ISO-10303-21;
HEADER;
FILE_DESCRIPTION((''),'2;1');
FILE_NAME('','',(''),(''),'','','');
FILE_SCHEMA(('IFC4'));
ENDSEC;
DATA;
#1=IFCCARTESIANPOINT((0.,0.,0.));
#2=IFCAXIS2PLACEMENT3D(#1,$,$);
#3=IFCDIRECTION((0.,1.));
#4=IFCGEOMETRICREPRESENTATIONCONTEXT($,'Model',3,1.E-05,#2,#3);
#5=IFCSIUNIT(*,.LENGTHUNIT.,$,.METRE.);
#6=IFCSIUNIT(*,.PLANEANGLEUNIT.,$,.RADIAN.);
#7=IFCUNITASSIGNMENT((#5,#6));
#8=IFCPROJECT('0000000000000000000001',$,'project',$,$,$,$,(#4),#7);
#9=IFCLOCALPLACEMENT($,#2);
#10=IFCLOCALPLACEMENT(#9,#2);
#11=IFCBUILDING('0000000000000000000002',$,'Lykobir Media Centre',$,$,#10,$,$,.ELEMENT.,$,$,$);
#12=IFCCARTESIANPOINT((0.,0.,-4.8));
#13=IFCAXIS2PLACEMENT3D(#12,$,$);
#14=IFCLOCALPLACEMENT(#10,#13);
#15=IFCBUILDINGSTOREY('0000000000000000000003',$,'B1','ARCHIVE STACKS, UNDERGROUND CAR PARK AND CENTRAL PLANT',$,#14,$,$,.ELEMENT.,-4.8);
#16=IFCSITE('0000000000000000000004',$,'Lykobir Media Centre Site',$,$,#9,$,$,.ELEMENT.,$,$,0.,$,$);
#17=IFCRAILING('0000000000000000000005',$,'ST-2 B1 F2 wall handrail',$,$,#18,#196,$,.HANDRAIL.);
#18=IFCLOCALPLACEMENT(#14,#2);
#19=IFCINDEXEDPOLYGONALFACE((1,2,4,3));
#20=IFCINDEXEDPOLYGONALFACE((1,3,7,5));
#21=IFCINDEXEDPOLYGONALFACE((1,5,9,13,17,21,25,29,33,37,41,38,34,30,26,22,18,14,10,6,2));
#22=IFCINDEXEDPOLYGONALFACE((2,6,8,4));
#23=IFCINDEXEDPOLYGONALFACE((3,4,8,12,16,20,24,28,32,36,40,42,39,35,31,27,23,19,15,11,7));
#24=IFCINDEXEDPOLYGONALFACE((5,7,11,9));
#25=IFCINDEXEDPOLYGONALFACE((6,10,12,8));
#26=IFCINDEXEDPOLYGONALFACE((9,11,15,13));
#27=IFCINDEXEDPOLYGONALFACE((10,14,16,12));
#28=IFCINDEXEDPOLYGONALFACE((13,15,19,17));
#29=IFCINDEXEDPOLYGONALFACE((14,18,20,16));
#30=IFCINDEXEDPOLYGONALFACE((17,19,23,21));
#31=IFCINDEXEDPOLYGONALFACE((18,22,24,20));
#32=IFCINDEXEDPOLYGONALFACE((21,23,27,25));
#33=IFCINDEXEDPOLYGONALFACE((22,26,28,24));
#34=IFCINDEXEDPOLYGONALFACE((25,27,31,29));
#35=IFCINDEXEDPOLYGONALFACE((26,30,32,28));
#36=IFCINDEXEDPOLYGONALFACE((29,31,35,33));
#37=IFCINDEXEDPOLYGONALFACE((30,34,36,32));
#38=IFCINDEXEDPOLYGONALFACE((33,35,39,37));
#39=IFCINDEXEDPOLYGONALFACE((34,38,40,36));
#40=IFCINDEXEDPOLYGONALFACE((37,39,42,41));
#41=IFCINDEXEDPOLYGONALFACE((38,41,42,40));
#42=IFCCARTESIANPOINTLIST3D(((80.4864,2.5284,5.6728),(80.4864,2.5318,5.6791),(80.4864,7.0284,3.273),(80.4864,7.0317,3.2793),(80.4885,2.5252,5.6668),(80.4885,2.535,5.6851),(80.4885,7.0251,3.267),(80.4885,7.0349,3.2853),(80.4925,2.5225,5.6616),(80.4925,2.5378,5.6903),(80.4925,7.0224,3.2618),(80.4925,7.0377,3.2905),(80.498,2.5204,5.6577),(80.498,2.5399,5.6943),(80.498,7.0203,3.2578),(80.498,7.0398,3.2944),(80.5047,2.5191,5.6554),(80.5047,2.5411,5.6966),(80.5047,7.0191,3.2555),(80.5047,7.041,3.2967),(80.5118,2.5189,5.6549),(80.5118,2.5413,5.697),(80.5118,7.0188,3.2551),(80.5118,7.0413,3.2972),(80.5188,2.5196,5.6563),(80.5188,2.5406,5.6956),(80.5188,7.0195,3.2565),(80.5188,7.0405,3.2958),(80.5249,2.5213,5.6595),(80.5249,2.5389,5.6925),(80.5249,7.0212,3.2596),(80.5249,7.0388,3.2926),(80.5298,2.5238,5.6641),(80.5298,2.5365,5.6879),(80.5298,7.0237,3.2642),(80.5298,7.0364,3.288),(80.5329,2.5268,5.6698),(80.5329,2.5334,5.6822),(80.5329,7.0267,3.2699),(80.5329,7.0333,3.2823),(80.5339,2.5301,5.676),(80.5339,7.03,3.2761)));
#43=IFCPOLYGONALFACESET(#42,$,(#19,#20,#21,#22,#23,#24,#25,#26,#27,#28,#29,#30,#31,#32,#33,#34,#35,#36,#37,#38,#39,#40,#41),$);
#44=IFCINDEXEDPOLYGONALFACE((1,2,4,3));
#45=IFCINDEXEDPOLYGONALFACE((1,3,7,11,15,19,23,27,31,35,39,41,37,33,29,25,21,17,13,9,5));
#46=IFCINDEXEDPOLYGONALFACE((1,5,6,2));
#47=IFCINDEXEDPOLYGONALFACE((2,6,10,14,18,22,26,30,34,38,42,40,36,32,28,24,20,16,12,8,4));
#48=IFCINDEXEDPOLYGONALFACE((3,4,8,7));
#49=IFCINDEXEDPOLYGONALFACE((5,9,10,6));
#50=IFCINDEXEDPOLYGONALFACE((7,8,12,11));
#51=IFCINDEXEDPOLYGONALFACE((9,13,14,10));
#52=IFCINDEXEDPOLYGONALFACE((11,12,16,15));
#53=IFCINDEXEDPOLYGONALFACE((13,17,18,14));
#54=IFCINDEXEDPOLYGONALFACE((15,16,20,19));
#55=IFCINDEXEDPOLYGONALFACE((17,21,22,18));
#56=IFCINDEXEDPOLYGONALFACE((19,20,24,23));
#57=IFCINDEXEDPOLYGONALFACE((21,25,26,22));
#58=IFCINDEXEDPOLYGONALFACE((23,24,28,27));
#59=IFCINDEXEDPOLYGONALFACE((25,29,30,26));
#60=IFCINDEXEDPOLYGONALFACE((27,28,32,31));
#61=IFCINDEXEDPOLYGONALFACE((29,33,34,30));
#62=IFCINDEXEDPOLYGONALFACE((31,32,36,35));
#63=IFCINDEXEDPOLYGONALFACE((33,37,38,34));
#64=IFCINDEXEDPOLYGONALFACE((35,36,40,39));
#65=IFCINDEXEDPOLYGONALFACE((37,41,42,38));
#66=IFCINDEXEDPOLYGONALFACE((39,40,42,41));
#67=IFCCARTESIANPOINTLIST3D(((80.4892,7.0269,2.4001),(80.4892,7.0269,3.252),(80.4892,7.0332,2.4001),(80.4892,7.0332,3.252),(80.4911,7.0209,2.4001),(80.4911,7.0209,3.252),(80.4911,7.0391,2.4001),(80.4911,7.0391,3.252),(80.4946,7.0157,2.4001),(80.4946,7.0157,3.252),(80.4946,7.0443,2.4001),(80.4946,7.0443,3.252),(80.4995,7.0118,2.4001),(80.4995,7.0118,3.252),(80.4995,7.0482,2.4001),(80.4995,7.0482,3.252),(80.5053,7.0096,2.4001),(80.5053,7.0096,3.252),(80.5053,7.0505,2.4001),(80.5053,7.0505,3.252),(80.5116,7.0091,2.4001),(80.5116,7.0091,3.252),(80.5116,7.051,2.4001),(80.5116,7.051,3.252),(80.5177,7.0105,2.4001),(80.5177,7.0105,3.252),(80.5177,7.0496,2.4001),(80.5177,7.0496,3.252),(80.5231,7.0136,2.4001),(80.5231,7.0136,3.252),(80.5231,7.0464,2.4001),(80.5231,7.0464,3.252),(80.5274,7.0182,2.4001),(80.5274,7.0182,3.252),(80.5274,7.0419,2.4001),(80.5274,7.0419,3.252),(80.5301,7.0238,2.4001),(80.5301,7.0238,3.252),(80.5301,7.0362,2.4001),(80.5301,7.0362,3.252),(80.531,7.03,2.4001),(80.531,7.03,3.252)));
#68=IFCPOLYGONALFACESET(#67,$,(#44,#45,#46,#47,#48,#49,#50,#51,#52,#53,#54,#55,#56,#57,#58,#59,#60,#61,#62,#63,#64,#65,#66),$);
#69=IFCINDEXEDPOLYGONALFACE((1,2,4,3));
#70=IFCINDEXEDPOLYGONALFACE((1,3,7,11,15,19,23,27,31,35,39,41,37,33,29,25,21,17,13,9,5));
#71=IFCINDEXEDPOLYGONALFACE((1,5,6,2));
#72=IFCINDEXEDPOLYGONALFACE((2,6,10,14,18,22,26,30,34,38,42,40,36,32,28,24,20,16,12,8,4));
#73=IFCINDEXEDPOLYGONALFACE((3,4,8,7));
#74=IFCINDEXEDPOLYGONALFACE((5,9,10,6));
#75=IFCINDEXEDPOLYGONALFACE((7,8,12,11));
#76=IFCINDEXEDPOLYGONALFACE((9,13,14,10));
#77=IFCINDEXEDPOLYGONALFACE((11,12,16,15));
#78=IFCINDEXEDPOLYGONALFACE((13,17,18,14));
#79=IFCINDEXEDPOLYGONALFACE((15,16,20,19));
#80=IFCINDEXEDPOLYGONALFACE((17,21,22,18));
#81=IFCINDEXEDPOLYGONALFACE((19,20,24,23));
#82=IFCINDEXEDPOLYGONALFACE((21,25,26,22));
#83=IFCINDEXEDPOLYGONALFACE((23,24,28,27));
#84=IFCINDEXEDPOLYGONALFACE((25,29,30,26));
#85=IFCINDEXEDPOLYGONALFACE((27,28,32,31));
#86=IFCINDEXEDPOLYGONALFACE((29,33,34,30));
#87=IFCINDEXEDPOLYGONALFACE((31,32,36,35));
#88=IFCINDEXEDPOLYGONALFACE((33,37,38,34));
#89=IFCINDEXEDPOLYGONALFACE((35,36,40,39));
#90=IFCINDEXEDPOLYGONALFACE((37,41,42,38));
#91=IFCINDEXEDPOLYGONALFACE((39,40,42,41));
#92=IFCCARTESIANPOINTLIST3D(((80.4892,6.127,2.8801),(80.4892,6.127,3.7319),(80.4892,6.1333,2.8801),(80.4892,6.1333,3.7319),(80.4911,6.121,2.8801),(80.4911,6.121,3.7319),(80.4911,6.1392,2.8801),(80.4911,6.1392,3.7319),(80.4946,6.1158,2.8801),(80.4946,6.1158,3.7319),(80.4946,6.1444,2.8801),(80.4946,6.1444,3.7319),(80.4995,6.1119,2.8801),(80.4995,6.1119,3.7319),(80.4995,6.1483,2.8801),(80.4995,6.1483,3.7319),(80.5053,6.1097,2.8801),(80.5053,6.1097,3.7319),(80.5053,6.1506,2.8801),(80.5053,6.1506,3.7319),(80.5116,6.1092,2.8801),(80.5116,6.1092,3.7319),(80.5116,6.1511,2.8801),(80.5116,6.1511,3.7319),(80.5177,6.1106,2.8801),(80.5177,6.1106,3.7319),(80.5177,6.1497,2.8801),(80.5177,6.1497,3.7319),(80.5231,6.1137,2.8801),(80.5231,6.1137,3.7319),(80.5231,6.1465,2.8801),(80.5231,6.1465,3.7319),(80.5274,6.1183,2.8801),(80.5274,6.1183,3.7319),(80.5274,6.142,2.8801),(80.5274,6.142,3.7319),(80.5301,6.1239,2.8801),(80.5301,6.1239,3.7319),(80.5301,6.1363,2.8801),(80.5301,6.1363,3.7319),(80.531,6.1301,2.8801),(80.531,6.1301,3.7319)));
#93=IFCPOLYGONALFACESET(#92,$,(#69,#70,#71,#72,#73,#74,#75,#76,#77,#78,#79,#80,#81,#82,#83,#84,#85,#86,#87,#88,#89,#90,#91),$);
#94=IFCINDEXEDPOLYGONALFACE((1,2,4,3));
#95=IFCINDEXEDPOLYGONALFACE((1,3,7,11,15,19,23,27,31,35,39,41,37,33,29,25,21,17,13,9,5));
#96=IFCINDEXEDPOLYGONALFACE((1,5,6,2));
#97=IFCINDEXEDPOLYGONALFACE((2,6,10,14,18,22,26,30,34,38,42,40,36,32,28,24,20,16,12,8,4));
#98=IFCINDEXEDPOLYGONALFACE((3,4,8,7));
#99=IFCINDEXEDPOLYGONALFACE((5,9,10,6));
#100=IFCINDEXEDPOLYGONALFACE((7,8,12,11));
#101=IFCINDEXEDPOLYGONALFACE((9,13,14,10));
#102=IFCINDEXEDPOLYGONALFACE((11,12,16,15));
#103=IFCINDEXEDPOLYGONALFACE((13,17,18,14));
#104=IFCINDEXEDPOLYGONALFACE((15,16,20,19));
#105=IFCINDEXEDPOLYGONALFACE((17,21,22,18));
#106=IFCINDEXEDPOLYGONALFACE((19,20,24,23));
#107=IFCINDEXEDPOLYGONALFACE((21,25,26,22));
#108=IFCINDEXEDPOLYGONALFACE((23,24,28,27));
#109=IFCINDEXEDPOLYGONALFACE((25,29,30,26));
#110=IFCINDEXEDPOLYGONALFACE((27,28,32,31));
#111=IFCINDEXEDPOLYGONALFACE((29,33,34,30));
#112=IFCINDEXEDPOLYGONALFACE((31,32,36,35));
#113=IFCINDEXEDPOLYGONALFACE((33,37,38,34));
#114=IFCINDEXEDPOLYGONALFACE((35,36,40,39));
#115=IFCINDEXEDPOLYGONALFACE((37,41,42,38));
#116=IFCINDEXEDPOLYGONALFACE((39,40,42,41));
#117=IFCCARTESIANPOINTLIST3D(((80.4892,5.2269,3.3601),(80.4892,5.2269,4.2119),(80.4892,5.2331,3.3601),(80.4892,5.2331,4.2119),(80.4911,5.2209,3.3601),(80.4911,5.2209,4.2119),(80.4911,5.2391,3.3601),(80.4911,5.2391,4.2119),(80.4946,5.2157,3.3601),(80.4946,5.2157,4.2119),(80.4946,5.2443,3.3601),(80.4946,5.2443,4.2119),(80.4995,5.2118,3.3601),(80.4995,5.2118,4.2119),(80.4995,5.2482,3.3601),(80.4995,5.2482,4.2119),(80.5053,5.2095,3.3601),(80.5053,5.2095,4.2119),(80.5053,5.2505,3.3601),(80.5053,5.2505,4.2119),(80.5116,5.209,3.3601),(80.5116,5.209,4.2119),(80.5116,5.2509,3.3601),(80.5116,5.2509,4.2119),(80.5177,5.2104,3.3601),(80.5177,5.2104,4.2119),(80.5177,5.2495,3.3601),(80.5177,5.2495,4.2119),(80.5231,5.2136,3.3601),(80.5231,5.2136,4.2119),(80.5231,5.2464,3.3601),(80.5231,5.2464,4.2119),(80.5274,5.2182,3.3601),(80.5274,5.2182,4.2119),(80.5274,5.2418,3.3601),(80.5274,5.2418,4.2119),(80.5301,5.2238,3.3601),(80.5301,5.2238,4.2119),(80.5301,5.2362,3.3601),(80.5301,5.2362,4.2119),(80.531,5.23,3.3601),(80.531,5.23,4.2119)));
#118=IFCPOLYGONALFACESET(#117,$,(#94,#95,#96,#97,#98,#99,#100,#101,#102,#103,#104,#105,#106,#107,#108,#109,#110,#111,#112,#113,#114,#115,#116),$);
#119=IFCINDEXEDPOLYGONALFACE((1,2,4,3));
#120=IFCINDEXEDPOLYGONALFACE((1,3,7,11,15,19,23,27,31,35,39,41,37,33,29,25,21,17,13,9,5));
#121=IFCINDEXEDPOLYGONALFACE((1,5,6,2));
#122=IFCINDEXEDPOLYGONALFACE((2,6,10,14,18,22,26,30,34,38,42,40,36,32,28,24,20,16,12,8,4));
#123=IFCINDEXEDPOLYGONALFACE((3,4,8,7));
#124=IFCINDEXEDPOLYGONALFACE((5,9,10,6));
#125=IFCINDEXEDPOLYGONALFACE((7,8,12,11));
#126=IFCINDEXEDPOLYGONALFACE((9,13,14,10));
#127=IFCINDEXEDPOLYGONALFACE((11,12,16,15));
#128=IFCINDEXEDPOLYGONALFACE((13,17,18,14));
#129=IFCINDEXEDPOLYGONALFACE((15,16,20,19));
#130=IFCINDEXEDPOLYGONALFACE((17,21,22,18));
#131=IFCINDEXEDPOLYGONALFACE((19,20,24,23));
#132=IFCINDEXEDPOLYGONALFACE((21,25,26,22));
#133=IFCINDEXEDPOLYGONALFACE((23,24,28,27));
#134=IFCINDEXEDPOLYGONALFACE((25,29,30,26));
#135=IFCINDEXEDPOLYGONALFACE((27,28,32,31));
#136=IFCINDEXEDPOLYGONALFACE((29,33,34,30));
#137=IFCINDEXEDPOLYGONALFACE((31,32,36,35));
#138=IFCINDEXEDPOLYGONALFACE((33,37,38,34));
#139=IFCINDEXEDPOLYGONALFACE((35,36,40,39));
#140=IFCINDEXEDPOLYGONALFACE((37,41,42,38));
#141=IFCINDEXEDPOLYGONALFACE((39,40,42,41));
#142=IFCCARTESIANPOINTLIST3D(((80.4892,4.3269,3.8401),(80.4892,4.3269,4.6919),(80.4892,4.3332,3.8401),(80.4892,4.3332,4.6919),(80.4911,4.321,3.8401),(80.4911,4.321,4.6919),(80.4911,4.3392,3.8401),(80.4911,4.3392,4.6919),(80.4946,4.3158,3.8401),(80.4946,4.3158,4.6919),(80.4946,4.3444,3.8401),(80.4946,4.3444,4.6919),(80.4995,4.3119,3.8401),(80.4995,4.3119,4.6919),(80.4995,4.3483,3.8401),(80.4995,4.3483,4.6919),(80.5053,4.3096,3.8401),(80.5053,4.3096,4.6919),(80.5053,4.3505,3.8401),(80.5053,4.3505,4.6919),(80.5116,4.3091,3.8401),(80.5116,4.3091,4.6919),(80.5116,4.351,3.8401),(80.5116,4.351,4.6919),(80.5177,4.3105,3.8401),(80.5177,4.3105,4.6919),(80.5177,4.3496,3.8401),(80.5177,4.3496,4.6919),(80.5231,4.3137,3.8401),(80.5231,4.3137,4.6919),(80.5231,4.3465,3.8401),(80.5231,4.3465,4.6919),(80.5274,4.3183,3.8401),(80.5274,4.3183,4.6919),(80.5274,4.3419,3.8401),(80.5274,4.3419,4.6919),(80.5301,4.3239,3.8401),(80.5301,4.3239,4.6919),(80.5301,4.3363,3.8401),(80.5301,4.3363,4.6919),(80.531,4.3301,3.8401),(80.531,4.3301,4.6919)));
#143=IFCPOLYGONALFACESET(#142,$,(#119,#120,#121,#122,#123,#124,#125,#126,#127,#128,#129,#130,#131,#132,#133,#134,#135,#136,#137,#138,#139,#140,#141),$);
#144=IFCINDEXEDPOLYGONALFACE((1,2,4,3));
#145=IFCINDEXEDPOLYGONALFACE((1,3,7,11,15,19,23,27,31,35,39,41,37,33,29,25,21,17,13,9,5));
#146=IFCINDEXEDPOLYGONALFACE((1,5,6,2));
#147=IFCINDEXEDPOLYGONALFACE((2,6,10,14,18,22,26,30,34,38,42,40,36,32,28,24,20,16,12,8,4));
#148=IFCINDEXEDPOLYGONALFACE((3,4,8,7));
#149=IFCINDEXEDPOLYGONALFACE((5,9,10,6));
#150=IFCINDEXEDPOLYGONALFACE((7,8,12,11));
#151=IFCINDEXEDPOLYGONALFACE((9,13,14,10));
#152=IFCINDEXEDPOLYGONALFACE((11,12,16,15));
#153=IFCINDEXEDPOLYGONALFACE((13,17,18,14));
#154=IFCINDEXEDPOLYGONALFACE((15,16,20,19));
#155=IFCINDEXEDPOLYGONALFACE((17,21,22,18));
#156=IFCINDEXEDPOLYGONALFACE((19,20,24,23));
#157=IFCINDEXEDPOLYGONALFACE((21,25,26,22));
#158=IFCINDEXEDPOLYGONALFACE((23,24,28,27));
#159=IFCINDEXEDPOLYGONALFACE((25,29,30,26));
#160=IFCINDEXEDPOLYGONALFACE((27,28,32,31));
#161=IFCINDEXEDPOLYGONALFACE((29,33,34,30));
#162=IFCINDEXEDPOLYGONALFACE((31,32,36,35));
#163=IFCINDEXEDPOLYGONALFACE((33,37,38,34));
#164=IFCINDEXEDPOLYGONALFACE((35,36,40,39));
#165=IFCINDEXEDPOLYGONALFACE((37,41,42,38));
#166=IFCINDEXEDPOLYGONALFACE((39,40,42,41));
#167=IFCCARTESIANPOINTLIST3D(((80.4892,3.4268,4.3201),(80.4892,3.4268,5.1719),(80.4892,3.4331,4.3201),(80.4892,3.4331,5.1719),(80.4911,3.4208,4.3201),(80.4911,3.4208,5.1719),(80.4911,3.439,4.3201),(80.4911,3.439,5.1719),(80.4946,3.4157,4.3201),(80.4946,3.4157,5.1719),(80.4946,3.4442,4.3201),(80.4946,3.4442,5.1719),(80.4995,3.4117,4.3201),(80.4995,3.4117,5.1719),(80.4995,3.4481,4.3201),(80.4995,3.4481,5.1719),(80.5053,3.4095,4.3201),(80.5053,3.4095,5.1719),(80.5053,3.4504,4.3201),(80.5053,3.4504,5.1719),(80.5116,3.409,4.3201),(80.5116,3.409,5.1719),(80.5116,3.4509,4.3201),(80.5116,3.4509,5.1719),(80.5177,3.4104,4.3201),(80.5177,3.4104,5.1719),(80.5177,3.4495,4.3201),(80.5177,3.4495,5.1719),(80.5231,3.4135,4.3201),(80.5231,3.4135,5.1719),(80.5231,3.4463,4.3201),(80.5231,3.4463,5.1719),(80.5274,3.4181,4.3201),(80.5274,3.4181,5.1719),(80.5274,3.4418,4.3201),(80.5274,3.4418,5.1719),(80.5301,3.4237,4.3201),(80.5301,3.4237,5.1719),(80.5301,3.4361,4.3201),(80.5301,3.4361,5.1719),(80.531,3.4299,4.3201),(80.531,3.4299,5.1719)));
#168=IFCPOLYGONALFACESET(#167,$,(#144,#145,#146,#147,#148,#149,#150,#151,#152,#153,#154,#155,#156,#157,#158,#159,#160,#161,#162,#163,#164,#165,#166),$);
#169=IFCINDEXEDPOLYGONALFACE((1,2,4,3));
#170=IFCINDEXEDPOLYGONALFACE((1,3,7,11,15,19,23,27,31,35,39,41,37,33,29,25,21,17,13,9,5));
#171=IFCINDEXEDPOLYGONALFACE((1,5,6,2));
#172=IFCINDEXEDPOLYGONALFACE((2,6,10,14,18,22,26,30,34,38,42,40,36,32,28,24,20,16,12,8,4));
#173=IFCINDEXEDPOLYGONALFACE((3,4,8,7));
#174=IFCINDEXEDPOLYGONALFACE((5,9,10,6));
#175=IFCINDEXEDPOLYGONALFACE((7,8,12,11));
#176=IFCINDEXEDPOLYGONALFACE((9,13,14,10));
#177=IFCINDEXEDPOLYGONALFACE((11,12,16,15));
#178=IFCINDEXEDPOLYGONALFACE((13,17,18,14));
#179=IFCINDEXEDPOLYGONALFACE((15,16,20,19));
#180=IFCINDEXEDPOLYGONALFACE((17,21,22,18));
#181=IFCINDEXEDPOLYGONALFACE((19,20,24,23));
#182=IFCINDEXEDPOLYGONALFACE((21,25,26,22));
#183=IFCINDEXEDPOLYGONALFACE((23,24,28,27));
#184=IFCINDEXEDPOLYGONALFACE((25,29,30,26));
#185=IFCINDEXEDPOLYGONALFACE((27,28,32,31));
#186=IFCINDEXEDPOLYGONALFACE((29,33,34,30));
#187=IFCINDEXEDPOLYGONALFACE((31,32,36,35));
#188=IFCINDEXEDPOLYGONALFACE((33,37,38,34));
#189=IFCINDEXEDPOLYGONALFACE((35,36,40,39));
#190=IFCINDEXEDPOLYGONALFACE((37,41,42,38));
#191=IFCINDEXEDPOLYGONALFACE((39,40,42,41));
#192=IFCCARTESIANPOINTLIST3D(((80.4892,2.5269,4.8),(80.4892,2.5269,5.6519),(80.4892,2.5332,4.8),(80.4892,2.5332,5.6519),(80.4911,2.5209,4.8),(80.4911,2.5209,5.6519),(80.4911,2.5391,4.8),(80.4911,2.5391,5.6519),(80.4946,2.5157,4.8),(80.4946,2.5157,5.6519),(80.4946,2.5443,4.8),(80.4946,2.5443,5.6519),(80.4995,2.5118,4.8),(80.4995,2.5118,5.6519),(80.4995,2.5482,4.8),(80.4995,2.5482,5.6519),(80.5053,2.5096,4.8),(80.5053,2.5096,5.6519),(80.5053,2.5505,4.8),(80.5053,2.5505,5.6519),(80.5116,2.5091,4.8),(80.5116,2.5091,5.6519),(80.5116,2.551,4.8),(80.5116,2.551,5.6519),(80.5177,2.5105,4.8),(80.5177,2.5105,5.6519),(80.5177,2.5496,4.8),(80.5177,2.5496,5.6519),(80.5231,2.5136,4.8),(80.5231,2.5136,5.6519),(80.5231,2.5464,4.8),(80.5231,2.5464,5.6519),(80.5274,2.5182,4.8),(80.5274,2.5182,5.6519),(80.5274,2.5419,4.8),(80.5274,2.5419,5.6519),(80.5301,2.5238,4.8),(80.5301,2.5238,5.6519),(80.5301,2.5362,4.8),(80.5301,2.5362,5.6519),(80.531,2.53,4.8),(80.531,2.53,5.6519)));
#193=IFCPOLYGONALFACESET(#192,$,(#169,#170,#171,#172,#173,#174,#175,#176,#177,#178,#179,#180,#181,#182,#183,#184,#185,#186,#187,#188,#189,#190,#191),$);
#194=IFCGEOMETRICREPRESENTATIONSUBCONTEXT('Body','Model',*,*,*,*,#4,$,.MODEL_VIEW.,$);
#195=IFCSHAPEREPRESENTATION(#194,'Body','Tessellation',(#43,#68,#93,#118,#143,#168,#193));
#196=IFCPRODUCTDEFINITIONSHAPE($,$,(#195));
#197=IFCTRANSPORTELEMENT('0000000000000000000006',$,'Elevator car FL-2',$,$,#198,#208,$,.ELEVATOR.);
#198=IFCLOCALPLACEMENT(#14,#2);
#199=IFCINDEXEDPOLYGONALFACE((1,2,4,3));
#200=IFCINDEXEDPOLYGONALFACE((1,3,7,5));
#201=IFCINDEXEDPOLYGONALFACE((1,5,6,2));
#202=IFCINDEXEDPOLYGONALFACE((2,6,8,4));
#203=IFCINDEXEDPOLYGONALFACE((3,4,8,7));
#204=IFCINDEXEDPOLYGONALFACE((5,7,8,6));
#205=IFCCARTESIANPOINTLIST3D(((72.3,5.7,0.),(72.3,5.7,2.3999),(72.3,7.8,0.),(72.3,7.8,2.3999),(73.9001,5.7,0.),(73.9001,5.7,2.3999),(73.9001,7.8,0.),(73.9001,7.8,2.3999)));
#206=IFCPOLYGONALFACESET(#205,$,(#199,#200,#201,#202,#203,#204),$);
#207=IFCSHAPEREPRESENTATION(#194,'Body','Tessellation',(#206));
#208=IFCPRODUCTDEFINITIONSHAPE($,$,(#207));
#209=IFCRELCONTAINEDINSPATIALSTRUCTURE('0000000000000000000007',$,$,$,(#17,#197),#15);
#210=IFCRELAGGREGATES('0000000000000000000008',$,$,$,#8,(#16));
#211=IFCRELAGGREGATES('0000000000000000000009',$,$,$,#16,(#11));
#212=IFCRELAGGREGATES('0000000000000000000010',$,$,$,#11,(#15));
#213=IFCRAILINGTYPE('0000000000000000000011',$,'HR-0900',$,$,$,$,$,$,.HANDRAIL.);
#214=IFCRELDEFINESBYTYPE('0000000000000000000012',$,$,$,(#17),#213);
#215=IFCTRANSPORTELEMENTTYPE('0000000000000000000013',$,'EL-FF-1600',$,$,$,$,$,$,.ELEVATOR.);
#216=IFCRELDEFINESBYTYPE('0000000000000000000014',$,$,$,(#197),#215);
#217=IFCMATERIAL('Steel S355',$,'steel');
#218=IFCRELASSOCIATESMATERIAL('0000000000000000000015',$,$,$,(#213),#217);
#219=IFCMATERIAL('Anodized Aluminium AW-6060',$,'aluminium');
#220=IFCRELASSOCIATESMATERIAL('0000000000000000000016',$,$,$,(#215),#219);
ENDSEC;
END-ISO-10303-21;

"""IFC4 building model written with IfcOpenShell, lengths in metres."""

from ifc_helpers import new_model, si_unit, direction, frame, origin, origin_2d, place, context, subcontext, project, spatial, rectangle, circle, extrude, material, type_object, element, save


model = new_model("IFC4")

# Units and contexts
model_context = context("Model", 3, precision=1e-05, world=origin(), true_north=direction((0.0, 1.0)))
body_context = subcontext(model_context, "Body", "Model", "MODEL_VIEW")
ifc_project = project(units=[si_unit("LENGTHUNIT", "METRE"), si_unit("PLANEANGLEUNIT", "RADIAN")], contexts=[model_context])

# Site, building, storey
site_placement = place(None, origin())
site = spatial("IfcSite", under=ifc_project, at=site_placement, Name="Lykobir Media Centre Site", CompositionType="ELEMENT", RefElevation=0.0)
building_placement = place(site_placement, origin())
building = spatial("IfcBuilding", under=site, at=building_placement, Name="Lykobir Media Centre", CompositionType="ELEMENT")
storey_placement = place(building_placement, frame((0.0, 0.0, -4.8)))
storey = spatial("IfcBuildingStorey", under=building, at=storey_placement, Name="B1", Description="ARCHIVE STACKS, UNDERGROUND CAR PARK AND CENTRAL PLANT", CompositionType="ELEMENT", Elevation=-4.8)

# Shared definitions
ifc_material_1 = material(Name="Steel S355", Category="steel")

# Railing
railing_type_1 = type_object("IfcRailingType", Name="HR-0900", PredefinedType="HANDRAIL", material=ifc_material_1)
railing_1_placement = place(storey_placement, frame((80.51, 7.03, 2.4001)))
element("IfcRailing", 1, at=railing_1_placement, inside=storey, type_object=railing_type_1, Name="ST-2 B1 F2 wall handrail", PredefinedType="HANDRAIL", context=body_context, shape_type="SweptSolid", body=[
    extrude(circle(Radius=0.0239, at=origin_2d()), frame((0.0, 0.0, 0.876), z_axis=(0.0, -0.882361, 0.470573), x_axis=(1.0, 0.0, 0.0)), (0.0, 0.0, 1.0), 5.0999),
    extrude(circle(Radius=0.021, at=origin_2d()), origin(), (0.0, 0.0, 1.0), 0.8518),
    extrude(circle(Radius=0.021, at=origin_2d()), frame((0.0, -0.8999, 0.48)), (0.0, 0.0, 1.0), 0.8518),
    extrude(circle(Radius=0.021, at=origin_2d()), frame((0.0, -1.8, 0.96)), (0.0, 0.0, 1.0), 0.8518),
    extrude(circle(Radius=0.021, at=origin_2d()), frame((0.0, -2.7, 1.4399)), (0.0, 0.0, 1.0), 0.8518),
    extrude(circle(Radius=0.021, at=origin_2d()), frame((0.0, -3.6001, 1.9199)), (0.0, 0.0, 1.0), 0.8518),
    extrude(circle(Radius=0.021, at=origin_2d()), frame((0.0, -4.5, 2.3999)), (0.0, 0.0, 1.0), 0.8518),
])

# Transport element
ifc_material_2 = material(Name="Anodized Aluminium AW-6060", Category="aluminium")
transport_element_type_1 = type_object("IfcTransportElementType", Name="EL-FF-1600", PredefinedType="ELEVATOR", material=ifc_material_2)
transport_element_1_placement = place(storey_placement, frame((73.1001, 6.75, 0.0), z_axis=(0.0, 0.0, 1.0), x_axis=(1.0, 0.0, 0.0)))
element("IfcTransportElement", 2, at=transport_element_1_placement, inside=storey, type_object=transport_element_type_1, Name="Elevator car FL-2", PredefinedType="ELEVATOR", context=body_context, shape_type="SweptSolid", body=[
    extrude(rectangle(XDim=1.6001, YDim=2.1001, at=origin_2d()), origin(), (0.0, 0.0, 1.0), 2.3999),
])

save(model, "model.ifc")
